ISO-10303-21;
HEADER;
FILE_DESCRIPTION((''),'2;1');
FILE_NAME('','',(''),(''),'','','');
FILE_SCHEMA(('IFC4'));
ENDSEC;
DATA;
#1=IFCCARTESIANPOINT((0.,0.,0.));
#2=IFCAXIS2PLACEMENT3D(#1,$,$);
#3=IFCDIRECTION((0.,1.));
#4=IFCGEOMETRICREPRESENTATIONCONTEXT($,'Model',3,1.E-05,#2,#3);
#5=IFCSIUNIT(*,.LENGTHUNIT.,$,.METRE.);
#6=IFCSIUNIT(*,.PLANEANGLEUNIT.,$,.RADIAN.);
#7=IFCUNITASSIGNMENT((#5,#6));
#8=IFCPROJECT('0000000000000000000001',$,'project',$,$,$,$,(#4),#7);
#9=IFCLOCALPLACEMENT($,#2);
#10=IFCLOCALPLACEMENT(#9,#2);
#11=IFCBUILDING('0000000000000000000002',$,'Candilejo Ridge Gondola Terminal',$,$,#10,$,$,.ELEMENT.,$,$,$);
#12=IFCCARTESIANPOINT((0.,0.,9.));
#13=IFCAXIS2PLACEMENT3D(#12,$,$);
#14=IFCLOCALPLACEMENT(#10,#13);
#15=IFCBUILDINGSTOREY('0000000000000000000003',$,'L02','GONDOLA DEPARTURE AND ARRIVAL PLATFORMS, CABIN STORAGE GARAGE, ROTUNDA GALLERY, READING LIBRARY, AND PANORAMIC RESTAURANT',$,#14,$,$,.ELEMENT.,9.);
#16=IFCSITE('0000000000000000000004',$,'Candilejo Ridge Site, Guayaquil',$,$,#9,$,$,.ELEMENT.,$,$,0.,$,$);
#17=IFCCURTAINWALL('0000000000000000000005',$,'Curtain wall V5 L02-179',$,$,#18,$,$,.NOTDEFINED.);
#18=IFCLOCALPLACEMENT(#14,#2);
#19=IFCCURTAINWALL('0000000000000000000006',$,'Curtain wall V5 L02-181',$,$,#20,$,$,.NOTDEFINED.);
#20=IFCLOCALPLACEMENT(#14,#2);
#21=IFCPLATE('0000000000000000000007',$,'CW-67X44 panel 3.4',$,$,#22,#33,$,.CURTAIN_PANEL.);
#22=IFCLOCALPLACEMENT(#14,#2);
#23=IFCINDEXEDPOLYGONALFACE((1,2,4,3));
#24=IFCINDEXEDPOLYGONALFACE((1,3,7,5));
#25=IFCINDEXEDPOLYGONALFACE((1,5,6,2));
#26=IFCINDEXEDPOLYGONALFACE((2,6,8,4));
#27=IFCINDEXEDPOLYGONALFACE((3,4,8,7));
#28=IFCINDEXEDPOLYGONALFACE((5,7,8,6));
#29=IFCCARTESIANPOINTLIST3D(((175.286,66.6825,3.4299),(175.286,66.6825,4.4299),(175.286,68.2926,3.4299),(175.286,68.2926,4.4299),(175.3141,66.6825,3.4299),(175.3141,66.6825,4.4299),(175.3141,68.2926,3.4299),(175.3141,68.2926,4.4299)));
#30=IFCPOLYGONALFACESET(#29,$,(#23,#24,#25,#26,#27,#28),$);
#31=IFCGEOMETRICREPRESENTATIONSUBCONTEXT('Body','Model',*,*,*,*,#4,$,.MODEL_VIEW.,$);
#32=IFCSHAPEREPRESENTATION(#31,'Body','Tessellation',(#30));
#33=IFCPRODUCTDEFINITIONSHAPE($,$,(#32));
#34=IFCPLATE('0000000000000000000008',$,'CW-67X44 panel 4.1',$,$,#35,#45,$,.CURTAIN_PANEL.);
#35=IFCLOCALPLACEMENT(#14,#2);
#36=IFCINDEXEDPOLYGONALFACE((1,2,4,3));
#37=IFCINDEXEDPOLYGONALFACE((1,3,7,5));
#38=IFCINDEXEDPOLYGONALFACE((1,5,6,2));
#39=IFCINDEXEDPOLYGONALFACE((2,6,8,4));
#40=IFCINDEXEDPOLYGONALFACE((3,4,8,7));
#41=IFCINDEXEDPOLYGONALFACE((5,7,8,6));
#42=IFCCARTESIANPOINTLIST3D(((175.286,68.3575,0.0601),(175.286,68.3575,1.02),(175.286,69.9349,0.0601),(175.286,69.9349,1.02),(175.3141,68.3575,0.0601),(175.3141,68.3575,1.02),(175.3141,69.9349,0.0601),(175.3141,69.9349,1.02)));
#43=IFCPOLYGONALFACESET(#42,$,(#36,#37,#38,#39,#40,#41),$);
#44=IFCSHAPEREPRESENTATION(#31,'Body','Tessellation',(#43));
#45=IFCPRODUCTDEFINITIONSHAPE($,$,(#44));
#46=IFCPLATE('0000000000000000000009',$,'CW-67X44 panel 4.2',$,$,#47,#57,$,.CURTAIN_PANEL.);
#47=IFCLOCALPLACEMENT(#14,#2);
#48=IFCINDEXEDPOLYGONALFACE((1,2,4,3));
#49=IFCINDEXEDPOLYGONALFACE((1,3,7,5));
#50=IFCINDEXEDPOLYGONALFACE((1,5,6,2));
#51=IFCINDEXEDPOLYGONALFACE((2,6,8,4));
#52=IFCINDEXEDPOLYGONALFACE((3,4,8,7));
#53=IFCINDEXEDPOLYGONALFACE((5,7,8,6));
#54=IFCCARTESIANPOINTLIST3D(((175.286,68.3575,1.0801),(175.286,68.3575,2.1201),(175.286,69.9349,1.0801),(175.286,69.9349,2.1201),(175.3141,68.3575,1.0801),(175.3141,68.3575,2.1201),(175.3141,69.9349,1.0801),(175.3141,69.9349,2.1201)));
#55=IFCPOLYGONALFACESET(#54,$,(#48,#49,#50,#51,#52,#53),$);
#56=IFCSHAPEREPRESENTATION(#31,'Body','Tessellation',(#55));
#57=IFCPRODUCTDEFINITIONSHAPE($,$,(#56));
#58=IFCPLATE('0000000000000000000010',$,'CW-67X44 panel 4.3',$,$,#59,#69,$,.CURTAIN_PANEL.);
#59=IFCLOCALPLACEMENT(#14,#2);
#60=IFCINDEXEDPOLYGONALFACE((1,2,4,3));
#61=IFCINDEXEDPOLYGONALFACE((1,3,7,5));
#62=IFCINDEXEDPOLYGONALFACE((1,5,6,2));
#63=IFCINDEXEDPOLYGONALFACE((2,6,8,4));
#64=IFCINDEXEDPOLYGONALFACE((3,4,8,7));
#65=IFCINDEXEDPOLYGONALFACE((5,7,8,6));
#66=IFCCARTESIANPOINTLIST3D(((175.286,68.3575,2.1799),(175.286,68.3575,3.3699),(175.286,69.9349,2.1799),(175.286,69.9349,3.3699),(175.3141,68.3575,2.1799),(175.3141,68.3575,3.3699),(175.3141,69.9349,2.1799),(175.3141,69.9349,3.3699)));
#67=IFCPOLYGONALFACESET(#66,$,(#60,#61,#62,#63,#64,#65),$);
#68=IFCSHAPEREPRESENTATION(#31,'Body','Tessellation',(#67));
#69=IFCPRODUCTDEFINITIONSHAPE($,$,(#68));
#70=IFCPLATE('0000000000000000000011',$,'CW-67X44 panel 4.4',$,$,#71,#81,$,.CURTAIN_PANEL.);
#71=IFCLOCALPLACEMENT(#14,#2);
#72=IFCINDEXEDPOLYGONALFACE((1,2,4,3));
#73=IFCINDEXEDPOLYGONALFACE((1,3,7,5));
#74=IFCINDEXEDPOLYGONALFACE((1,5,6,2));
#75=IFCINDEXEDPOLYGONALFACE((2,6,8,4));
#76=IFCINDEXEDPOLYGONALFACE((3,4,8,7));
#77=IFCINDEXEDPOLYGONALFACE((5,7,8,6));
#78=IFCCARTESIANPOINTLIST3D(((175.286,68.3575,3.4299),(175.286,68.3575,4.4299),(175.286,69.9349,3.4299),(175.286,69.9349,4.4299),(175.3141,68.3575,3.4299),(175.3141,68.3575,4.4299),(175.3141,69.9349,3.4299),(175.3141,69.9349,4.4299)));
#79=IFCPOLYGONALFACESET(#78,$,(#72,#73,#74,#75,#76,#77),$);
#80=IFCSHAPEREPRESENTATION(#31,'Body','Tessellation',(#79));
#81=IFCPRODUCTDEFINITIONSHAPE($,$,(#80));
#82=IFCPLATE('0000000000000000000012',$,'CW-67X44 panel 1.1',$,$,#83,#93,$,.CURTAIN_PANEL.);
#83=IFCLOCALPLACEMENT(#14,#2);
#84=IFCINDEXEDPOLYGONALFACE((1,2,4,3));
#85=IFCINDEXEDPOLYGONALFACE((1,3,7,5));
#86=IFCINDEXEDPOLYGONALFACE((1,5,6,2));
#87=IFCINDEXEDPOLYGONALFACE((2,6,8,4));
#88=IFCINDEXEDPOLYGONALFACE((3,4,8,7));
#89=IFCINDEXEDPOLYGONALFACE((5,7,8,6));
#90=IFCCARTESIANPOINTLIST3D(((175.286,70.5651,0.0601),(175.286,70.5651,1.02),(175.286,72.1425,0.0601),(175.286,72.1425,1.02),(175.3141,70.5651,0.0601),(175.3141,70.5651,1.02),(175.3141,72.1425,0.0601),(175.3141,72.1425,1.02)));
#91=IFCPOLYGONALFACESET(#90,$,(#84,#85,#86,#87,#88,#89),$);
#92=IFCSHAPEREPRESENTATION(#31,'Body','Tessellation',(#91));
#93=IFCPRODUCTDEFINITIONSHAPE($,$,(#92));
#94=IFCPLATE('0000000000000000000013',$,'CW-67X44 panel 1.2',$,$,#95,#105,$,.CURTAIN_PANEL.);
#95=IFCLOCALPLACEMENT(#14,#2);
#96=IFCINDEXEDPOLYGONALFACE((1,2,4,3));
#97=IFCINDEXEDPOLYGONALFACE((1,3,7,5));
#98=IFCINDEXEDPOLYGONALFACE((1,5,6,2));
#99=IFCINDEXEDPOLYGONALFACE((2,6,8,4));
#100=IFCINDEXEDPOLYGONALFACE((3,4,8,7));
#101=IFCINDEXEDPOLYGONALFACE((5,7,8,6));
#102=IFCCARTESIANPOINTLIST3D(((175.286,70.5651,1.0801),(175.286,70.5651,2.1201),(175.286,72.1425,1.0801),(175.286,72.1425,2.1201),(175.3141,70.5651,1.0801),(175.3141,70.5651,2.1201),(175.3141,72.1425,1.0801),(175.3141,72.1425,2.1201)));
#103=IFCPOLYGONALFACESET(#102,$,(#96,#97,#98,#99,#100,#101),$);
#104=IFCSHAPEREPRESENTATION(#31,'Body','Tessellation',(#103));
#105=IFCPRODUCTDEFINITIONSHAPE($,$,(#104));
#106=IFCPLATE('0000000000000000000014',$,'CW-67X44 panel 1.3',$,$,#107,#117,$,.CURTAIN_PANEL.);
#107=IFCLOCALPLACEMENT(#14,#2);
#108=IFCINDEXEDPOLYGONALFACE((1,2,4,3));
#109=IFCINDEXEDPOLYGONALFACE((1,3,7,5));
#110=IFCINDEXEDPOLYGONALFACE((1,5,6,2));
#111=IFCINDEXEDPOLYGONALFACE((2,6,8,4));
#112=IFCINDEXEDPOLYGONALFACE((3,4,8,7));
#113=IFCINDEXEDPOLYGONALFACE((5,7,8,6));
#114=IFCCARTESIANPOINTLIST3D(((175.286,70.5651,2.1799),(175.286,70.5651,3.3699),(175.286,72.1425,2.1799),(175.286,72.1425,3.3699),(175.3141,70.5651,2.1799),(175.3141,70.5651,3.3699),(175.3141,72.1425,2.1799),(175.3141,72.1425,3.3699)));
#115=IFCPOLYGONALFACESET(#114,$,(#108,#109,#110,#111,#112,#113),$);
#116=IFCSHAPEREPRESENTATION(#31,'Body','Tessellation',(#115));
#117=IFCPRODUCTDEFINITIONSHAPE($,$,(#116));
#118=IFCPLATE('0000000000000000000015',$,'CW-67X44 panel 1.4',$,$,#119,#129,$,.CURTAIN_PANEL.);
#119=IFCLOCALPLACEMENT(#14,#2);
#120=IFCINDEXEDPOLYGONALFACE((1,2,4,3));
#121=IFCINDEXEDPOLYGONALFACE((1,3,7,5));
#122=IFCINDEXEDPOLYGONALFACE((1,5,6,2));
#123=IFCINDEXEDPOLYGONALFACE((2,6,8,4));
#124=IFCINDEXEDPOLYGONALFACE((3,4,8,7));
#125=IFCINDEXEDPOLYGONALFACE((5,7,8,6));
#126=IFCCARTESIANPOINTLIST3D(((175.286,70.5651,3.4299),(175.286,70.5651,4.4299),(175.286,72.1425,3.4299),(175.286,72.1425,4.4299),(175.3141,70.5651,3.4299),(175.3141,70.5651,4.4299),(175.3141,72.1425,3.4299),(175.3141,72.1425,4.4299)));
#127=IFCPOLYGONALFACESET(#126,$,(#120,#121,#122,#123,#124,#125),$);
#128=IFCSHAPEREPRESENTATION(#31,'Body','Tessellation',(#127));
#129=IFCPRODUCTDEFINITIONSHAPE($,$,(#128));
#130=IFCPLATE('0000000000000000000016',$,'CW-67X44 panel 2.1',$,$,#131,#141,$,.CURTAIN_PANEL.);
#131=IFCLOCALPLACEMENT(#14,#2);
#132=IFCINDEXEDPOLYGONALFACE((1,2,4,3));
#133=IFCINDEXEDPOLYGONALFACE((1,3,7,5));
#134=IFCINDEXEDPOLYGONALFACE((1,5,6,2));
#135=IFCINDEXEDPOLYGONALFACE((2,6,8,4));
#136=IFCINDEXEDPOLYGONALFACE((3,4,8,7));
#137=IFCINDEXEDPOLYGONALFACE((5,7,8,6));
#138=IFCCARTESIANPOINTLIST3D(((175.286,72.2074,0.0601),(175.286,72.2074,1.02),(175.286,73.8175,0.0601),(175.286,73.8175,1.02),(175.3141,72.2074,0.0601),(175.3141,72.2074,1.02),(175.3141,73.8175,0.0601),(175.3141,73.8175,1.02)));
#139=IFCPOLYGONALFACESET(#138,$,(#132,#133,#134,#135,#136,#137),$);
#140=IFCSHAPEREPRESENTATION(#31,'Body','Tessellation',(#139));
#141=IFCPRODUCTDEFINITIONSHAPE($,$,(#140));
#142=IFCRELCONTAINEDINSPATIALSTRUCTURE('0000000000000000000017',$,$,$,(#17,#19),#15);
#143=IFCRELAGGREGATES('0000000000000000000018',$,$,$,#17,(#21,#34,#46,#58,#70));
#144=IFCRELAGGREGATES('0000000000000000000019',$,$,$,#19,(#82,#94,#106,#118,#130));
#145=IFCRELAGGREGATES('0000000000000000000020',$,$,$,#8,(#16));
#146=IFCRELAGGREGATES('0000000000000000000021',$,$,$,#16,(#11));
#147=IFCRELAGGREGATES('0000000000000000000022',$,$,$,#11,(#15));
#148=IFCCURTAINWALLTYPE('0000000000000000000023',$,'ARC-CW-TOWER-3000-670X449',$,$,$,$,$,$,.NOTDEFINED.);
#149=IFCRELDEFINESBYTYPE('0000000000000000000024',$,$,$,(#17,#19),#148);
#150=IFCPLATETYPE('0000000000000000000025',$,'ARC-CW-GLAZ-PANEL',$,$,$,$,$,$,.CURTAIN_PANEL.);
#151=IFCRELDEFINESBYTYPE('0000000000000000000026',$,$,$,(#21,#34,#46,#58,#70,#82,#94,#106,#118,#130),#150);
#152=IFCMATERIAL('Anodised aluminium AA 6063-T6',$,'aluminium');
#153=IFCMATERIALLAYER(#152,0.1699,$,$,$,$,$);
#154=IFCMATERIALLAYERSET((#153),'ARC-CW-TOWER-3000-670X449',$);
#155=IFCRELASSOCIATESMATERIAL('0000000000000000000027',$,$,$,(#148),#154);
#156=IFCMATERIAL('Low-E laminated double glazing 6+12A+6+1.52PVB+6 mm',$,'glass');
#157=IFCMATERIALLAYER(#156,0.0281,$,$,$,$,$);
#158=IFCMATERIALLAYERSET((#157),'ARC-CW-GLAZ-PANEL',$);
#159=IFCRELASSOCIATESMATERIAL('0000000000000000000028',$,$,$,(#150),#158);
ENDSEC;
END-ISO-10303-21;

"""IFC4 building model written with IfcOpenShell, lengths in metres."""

from ifc_helpers import new_model, si_unit, direction, frame, origin, origin_2d, place, context, subcontext, project, spatial, rectangle, extrude, material, layer, layer_set, type_object, element, aggregate, save


model = new_model("IFC4")

# Units and contexts
model_context = context("Model", 3, precision=1e-05, world=origin(), true_north=direction((0.0, 1.0)))
body_context = subcontext(model_context, "Body", "Model", "MODEL_VIEW")
ifc_project = project(units=[si_unit("LENGTHUNIT", "METRE"), si_unit("PLANEANGLEUNIT", "RADIAN")], contexts=[model_context])

# Site, building, storey
site_placement = place(None, origin())
site = spatial("IfcSite", under=ifc_project, at=site_placement, Name="Candilejo Ridge Site, Guayaquil", CompositionType="ELEMENT", RefElevation=0.0)
building_placement = place(site_placement, origin())
building = spatial("IfcBuilding", under=site, at=building_placement, Name="Candilejo Ridge Gondola Terminal", CompositionType="ELEMENT")
storey_placement = place(building_placement, frame((0.0, 0.0, 9.0)))
storey = spatial("IfcBuildingStorey", under=building, at=storey_placement, Name="L02", Description="GONDOLA DEPARTURE AND ARRIVAL PLATFORMS, CABIN STORAGE GARAGE, ROTUNDA GALLERY, READING LIBRARY, AND PANORAMIC RESTAURANT", CompositionType="ELEMENT", Elevation=9.0)

# Curtain walls
ifc_material_1 = material(Name="Anodised aluminium AA 6063-T6", Category="aluminium")
ifc_layer_1 = layer(ifc_material_1, 0.1699)
ifc_layer_set_1 = layer_set([ifc_layer_1], Name="ARC-CW-TOWER-3000-670X449")
curtain_wall_type = type_object("IfcCurtainWallType", Name="ARC-CW-TOWER-3000-670X449", PredefinedType="NOTDEFINED", material=ifc_layer_set_1)
curtain_wall_1_placement = place(storey_placement, origin())
curtain_wall_1 = element("IfcCurtainWall", 1, at=curtain_wall_1_placement, inside=storey, type_object=curtain_wall_type, Name="Curtain wall V5 L02-179", PredefinedType="NOTDEFINED")
curtain_wall_2_placement = place(storey_placement, origin())
curtain_wall_2 = element("IfcCurtainWall", 2, at=curtain_wall_2_placement, inside=storey, type_object=curtain_wall_type, Name="Curtain wall V5 L02-181", PredefinedType="NOTDEFINED")

# Plates
ifc_material_2 = material(Name="Low-E laminated double glazing 6+12A+6+1.52PVB+6 mm", Category="glass")
ifc_layer_2 = layer(ifc_material_2, 0.0281)
ifc_layer_set_2 = layer_set([ifc_layer_2], Name="ARC-CW-GLAZ-PANEL")
plate_type = type_object("IfcPlateType", Name="ARC-CW-GLAZ-PANEL", PredefinedType="CURTAIN_PANEL", material=ifc_layer_set_2)
plate_1_placement = place(storey_placement, frame((175.3, 67.4875, 3.4299), z_axis=(0.0, 0.0, 1.0), x_axis=(0.0, 1.0, 0.0)))
plate_1 = element("IfcPlate", 3, at=plate_1_placement, type_object=plate_type, Name="CW-67X44 panel 3.4", PredefinedType="CURTAIN_PANEL", context=body_context, shape_type="SweptSolid", body=[
    extrude(rectangle(XDim=1.6101, YDim=0.0281, at=origin_2d()), origin(), (0.0, 0.0, 1.0), 1.0),
])
plate_2_placement = place(storey_placement, frame((175.3, 69.1462, 0.0601), z_axis=(0.0, 0.0, 1.0), x_axis=(0.0, 1.0, 0.0)))
plate_2 = element("IfcPlate", 4, at=plate_2_placement, type_object=plate_type, Name="CW-67X44 panel 4.1", PredefinedType="CURTAIN_PANEL", context=body_context, shape_type="SweptSolid", body=[
    extrude(rectangle(XDim=1.5774, YDim=0.0281, at=origin_2d()), origin(), (0.0, 0.0, 1.0), 0.96),
])
plate_3_placement = place(storey_placement, frame((175.3, 69.1462, 1.0801), z_axis=(0.0, 0.0, 1.0), x_axis=(0.0, 1.0, 0.0)))
plate_3 = element("IfcPlate", 5, at=plate_3_placement, type_object=plate_type, Name="CW-67X44 panel 4.2", PredefinedType="CURTAIN_PANEL", context=body_context, shape_type="SweptSolid", body=[
    extrude(rectangle(XDim=1.5774, YDim=0.0281, at=origin_2d()), origin(), (0.0, 0.0, 1.0), 1.04),
])
plate_4_placement = place(storey_placement, frame((175.3, 69.1462, 2.1799), z_axis=(0.0, 0.0, 1.0), x_axis=(0.0, 1.0, 0.0)))
plate_4 = element("IfcPlate", 6, at=plate_4_placement, type_object=plate_type, Name="CW-67X44 panel 4.3", PredefinedType="CURTAIN_PANEL", context=body_context, shape_type="SweptSolid", body=[
    extrude(rectangle(XDim=1.5774, YDim=0.0281, at=origin_2d()), origin(), (0.0, 0.0, 1.0), 1.1899),
])
plate_5_placement = place(storey_placement, frame((175.3, 69.1462, 3.4299), z_axis=(0.0, 0.0, 1.0), x_axis=(0.0, 1.0, 0.0)))
plate_5 = element("IfcPlate", 7, at=plate_5_placement, type_object=plate_type, Name="CW-67X44 panel 4.4", PredefinedType="CURTAIN_PANEL", context=body_context, shape_type="SweptSolid", body=[
    extrude(rectangle(XDim=1.5774, YDim=0.0281, at=origin_2d()), origin(), (0.0, 0.0, 1.0), 1.0),
])
aggregate(curtain_wall_1, [plate_1, plate_2, plate_3, plate_4, plate_5])
plate_6_placement = place(storey_placement, frame((175.3, 71.3538, 0.0601), z_axis=(0.0, 0.0, 1.0), x_axis=(0.0, 1.0, 0.0)))
plate_6 = element("IfcPlate", 8, at=plate_6_placement, type_object=plate_type, Name="CW-67X44 panel 1.1", PredefinedType="CURTAIN_PANEL", context=body_context, shape_type="SweptSolid", body=[
    extrude(rectangle(XDim=1.5774, YDim=0.0281, at=origin_2d()), origin(), (0.0, 0.0, 1.0), 0.96),
])
plate_7_placement = place(storey_placement, frame((175.3, 71.3538, 1.0801), z_axis=(0.0, 0.0, 1.0), x_axis=(0.0, 1.0, 0.0)))
plate_7 = element("IfcPlate", 9, at=plate_7_placement, type_object=plate_type, Name="CW-67X44 panel 1.2", PredefinedType="CURTAIN_PANEL", context=body_context, shape_type="SweptSolid", body=[
    extrude(rectangle(XDim=1.5774, YDim=0.0281, at=origin_2d()), origin(), (0.0, 0.0, 1.0), 1.04),
])
plate_8_placement = place(storey_placement, frame((175.3, 71.3538, 2.1799), z_axis=(0.0, 0.0, 1.0), x_axis=(0.0, 1.0, 0.0)))
plate_8 = element("IfcPlate", 10, at=plate_8_placement, type_object=plate_type, Name="CW-67X44 panel 1.3", PredefinedType="CURTAIN_PANEL", context=body_context, shape_type="SweptSolid", body=[
    extrude(rectangle(XDim=1.5774, YDim=0.0281, at=origin_2d()), origin(), (0.0, 0.0, 1.0), 1.1899),
])
plate_9_placement = place(storey_placement, frame((175.3, 71.3538, 3.4299), z_axis=(0.0, 0.0, 1.0), x_axis=(0.0, 1.0, 0.0)))
plate_9 = element("IfcPlate", 11, at=plate_9_placement, type_object=plate_type, Name="CW-67X44 panel 1.4", PredefinedType="CURTAIN_PANEL", context=body_context, shape_type="SweptSolid", body=[
    extrude(rectangle(XDim=1.5774, YDim=0.0281, at=origin_2d()), origin(), (0.0, 0.0, 1.0), 1.0),
])
plate_10_placement = place(storey_placement, frame((175.3, 73.0125, 0.0601), z_axis=(0.0, 0.0, 1.0), x_axis=(0.0, 1.0, 0.0)))
plate_10 = element("IfcPlate", 12, at=plate_10_placement, type_object=plate_type, Name="CW-67X44 panel 2.1", PredefinedType="CURTAIN_PANEL", context=body_context, shape_type="SweptSolid", body=[
    extrude(rectangle(XDim=1.6101, YDim=0.0281, at=origin_2d()), origin(), (0.0, 0.0, 1.0), 0.96),
])
aggregate(curtain_wall_2, [plate_6, plate_7, plate_8, plate_9, plate_10])

save(model, "model.ifc")
